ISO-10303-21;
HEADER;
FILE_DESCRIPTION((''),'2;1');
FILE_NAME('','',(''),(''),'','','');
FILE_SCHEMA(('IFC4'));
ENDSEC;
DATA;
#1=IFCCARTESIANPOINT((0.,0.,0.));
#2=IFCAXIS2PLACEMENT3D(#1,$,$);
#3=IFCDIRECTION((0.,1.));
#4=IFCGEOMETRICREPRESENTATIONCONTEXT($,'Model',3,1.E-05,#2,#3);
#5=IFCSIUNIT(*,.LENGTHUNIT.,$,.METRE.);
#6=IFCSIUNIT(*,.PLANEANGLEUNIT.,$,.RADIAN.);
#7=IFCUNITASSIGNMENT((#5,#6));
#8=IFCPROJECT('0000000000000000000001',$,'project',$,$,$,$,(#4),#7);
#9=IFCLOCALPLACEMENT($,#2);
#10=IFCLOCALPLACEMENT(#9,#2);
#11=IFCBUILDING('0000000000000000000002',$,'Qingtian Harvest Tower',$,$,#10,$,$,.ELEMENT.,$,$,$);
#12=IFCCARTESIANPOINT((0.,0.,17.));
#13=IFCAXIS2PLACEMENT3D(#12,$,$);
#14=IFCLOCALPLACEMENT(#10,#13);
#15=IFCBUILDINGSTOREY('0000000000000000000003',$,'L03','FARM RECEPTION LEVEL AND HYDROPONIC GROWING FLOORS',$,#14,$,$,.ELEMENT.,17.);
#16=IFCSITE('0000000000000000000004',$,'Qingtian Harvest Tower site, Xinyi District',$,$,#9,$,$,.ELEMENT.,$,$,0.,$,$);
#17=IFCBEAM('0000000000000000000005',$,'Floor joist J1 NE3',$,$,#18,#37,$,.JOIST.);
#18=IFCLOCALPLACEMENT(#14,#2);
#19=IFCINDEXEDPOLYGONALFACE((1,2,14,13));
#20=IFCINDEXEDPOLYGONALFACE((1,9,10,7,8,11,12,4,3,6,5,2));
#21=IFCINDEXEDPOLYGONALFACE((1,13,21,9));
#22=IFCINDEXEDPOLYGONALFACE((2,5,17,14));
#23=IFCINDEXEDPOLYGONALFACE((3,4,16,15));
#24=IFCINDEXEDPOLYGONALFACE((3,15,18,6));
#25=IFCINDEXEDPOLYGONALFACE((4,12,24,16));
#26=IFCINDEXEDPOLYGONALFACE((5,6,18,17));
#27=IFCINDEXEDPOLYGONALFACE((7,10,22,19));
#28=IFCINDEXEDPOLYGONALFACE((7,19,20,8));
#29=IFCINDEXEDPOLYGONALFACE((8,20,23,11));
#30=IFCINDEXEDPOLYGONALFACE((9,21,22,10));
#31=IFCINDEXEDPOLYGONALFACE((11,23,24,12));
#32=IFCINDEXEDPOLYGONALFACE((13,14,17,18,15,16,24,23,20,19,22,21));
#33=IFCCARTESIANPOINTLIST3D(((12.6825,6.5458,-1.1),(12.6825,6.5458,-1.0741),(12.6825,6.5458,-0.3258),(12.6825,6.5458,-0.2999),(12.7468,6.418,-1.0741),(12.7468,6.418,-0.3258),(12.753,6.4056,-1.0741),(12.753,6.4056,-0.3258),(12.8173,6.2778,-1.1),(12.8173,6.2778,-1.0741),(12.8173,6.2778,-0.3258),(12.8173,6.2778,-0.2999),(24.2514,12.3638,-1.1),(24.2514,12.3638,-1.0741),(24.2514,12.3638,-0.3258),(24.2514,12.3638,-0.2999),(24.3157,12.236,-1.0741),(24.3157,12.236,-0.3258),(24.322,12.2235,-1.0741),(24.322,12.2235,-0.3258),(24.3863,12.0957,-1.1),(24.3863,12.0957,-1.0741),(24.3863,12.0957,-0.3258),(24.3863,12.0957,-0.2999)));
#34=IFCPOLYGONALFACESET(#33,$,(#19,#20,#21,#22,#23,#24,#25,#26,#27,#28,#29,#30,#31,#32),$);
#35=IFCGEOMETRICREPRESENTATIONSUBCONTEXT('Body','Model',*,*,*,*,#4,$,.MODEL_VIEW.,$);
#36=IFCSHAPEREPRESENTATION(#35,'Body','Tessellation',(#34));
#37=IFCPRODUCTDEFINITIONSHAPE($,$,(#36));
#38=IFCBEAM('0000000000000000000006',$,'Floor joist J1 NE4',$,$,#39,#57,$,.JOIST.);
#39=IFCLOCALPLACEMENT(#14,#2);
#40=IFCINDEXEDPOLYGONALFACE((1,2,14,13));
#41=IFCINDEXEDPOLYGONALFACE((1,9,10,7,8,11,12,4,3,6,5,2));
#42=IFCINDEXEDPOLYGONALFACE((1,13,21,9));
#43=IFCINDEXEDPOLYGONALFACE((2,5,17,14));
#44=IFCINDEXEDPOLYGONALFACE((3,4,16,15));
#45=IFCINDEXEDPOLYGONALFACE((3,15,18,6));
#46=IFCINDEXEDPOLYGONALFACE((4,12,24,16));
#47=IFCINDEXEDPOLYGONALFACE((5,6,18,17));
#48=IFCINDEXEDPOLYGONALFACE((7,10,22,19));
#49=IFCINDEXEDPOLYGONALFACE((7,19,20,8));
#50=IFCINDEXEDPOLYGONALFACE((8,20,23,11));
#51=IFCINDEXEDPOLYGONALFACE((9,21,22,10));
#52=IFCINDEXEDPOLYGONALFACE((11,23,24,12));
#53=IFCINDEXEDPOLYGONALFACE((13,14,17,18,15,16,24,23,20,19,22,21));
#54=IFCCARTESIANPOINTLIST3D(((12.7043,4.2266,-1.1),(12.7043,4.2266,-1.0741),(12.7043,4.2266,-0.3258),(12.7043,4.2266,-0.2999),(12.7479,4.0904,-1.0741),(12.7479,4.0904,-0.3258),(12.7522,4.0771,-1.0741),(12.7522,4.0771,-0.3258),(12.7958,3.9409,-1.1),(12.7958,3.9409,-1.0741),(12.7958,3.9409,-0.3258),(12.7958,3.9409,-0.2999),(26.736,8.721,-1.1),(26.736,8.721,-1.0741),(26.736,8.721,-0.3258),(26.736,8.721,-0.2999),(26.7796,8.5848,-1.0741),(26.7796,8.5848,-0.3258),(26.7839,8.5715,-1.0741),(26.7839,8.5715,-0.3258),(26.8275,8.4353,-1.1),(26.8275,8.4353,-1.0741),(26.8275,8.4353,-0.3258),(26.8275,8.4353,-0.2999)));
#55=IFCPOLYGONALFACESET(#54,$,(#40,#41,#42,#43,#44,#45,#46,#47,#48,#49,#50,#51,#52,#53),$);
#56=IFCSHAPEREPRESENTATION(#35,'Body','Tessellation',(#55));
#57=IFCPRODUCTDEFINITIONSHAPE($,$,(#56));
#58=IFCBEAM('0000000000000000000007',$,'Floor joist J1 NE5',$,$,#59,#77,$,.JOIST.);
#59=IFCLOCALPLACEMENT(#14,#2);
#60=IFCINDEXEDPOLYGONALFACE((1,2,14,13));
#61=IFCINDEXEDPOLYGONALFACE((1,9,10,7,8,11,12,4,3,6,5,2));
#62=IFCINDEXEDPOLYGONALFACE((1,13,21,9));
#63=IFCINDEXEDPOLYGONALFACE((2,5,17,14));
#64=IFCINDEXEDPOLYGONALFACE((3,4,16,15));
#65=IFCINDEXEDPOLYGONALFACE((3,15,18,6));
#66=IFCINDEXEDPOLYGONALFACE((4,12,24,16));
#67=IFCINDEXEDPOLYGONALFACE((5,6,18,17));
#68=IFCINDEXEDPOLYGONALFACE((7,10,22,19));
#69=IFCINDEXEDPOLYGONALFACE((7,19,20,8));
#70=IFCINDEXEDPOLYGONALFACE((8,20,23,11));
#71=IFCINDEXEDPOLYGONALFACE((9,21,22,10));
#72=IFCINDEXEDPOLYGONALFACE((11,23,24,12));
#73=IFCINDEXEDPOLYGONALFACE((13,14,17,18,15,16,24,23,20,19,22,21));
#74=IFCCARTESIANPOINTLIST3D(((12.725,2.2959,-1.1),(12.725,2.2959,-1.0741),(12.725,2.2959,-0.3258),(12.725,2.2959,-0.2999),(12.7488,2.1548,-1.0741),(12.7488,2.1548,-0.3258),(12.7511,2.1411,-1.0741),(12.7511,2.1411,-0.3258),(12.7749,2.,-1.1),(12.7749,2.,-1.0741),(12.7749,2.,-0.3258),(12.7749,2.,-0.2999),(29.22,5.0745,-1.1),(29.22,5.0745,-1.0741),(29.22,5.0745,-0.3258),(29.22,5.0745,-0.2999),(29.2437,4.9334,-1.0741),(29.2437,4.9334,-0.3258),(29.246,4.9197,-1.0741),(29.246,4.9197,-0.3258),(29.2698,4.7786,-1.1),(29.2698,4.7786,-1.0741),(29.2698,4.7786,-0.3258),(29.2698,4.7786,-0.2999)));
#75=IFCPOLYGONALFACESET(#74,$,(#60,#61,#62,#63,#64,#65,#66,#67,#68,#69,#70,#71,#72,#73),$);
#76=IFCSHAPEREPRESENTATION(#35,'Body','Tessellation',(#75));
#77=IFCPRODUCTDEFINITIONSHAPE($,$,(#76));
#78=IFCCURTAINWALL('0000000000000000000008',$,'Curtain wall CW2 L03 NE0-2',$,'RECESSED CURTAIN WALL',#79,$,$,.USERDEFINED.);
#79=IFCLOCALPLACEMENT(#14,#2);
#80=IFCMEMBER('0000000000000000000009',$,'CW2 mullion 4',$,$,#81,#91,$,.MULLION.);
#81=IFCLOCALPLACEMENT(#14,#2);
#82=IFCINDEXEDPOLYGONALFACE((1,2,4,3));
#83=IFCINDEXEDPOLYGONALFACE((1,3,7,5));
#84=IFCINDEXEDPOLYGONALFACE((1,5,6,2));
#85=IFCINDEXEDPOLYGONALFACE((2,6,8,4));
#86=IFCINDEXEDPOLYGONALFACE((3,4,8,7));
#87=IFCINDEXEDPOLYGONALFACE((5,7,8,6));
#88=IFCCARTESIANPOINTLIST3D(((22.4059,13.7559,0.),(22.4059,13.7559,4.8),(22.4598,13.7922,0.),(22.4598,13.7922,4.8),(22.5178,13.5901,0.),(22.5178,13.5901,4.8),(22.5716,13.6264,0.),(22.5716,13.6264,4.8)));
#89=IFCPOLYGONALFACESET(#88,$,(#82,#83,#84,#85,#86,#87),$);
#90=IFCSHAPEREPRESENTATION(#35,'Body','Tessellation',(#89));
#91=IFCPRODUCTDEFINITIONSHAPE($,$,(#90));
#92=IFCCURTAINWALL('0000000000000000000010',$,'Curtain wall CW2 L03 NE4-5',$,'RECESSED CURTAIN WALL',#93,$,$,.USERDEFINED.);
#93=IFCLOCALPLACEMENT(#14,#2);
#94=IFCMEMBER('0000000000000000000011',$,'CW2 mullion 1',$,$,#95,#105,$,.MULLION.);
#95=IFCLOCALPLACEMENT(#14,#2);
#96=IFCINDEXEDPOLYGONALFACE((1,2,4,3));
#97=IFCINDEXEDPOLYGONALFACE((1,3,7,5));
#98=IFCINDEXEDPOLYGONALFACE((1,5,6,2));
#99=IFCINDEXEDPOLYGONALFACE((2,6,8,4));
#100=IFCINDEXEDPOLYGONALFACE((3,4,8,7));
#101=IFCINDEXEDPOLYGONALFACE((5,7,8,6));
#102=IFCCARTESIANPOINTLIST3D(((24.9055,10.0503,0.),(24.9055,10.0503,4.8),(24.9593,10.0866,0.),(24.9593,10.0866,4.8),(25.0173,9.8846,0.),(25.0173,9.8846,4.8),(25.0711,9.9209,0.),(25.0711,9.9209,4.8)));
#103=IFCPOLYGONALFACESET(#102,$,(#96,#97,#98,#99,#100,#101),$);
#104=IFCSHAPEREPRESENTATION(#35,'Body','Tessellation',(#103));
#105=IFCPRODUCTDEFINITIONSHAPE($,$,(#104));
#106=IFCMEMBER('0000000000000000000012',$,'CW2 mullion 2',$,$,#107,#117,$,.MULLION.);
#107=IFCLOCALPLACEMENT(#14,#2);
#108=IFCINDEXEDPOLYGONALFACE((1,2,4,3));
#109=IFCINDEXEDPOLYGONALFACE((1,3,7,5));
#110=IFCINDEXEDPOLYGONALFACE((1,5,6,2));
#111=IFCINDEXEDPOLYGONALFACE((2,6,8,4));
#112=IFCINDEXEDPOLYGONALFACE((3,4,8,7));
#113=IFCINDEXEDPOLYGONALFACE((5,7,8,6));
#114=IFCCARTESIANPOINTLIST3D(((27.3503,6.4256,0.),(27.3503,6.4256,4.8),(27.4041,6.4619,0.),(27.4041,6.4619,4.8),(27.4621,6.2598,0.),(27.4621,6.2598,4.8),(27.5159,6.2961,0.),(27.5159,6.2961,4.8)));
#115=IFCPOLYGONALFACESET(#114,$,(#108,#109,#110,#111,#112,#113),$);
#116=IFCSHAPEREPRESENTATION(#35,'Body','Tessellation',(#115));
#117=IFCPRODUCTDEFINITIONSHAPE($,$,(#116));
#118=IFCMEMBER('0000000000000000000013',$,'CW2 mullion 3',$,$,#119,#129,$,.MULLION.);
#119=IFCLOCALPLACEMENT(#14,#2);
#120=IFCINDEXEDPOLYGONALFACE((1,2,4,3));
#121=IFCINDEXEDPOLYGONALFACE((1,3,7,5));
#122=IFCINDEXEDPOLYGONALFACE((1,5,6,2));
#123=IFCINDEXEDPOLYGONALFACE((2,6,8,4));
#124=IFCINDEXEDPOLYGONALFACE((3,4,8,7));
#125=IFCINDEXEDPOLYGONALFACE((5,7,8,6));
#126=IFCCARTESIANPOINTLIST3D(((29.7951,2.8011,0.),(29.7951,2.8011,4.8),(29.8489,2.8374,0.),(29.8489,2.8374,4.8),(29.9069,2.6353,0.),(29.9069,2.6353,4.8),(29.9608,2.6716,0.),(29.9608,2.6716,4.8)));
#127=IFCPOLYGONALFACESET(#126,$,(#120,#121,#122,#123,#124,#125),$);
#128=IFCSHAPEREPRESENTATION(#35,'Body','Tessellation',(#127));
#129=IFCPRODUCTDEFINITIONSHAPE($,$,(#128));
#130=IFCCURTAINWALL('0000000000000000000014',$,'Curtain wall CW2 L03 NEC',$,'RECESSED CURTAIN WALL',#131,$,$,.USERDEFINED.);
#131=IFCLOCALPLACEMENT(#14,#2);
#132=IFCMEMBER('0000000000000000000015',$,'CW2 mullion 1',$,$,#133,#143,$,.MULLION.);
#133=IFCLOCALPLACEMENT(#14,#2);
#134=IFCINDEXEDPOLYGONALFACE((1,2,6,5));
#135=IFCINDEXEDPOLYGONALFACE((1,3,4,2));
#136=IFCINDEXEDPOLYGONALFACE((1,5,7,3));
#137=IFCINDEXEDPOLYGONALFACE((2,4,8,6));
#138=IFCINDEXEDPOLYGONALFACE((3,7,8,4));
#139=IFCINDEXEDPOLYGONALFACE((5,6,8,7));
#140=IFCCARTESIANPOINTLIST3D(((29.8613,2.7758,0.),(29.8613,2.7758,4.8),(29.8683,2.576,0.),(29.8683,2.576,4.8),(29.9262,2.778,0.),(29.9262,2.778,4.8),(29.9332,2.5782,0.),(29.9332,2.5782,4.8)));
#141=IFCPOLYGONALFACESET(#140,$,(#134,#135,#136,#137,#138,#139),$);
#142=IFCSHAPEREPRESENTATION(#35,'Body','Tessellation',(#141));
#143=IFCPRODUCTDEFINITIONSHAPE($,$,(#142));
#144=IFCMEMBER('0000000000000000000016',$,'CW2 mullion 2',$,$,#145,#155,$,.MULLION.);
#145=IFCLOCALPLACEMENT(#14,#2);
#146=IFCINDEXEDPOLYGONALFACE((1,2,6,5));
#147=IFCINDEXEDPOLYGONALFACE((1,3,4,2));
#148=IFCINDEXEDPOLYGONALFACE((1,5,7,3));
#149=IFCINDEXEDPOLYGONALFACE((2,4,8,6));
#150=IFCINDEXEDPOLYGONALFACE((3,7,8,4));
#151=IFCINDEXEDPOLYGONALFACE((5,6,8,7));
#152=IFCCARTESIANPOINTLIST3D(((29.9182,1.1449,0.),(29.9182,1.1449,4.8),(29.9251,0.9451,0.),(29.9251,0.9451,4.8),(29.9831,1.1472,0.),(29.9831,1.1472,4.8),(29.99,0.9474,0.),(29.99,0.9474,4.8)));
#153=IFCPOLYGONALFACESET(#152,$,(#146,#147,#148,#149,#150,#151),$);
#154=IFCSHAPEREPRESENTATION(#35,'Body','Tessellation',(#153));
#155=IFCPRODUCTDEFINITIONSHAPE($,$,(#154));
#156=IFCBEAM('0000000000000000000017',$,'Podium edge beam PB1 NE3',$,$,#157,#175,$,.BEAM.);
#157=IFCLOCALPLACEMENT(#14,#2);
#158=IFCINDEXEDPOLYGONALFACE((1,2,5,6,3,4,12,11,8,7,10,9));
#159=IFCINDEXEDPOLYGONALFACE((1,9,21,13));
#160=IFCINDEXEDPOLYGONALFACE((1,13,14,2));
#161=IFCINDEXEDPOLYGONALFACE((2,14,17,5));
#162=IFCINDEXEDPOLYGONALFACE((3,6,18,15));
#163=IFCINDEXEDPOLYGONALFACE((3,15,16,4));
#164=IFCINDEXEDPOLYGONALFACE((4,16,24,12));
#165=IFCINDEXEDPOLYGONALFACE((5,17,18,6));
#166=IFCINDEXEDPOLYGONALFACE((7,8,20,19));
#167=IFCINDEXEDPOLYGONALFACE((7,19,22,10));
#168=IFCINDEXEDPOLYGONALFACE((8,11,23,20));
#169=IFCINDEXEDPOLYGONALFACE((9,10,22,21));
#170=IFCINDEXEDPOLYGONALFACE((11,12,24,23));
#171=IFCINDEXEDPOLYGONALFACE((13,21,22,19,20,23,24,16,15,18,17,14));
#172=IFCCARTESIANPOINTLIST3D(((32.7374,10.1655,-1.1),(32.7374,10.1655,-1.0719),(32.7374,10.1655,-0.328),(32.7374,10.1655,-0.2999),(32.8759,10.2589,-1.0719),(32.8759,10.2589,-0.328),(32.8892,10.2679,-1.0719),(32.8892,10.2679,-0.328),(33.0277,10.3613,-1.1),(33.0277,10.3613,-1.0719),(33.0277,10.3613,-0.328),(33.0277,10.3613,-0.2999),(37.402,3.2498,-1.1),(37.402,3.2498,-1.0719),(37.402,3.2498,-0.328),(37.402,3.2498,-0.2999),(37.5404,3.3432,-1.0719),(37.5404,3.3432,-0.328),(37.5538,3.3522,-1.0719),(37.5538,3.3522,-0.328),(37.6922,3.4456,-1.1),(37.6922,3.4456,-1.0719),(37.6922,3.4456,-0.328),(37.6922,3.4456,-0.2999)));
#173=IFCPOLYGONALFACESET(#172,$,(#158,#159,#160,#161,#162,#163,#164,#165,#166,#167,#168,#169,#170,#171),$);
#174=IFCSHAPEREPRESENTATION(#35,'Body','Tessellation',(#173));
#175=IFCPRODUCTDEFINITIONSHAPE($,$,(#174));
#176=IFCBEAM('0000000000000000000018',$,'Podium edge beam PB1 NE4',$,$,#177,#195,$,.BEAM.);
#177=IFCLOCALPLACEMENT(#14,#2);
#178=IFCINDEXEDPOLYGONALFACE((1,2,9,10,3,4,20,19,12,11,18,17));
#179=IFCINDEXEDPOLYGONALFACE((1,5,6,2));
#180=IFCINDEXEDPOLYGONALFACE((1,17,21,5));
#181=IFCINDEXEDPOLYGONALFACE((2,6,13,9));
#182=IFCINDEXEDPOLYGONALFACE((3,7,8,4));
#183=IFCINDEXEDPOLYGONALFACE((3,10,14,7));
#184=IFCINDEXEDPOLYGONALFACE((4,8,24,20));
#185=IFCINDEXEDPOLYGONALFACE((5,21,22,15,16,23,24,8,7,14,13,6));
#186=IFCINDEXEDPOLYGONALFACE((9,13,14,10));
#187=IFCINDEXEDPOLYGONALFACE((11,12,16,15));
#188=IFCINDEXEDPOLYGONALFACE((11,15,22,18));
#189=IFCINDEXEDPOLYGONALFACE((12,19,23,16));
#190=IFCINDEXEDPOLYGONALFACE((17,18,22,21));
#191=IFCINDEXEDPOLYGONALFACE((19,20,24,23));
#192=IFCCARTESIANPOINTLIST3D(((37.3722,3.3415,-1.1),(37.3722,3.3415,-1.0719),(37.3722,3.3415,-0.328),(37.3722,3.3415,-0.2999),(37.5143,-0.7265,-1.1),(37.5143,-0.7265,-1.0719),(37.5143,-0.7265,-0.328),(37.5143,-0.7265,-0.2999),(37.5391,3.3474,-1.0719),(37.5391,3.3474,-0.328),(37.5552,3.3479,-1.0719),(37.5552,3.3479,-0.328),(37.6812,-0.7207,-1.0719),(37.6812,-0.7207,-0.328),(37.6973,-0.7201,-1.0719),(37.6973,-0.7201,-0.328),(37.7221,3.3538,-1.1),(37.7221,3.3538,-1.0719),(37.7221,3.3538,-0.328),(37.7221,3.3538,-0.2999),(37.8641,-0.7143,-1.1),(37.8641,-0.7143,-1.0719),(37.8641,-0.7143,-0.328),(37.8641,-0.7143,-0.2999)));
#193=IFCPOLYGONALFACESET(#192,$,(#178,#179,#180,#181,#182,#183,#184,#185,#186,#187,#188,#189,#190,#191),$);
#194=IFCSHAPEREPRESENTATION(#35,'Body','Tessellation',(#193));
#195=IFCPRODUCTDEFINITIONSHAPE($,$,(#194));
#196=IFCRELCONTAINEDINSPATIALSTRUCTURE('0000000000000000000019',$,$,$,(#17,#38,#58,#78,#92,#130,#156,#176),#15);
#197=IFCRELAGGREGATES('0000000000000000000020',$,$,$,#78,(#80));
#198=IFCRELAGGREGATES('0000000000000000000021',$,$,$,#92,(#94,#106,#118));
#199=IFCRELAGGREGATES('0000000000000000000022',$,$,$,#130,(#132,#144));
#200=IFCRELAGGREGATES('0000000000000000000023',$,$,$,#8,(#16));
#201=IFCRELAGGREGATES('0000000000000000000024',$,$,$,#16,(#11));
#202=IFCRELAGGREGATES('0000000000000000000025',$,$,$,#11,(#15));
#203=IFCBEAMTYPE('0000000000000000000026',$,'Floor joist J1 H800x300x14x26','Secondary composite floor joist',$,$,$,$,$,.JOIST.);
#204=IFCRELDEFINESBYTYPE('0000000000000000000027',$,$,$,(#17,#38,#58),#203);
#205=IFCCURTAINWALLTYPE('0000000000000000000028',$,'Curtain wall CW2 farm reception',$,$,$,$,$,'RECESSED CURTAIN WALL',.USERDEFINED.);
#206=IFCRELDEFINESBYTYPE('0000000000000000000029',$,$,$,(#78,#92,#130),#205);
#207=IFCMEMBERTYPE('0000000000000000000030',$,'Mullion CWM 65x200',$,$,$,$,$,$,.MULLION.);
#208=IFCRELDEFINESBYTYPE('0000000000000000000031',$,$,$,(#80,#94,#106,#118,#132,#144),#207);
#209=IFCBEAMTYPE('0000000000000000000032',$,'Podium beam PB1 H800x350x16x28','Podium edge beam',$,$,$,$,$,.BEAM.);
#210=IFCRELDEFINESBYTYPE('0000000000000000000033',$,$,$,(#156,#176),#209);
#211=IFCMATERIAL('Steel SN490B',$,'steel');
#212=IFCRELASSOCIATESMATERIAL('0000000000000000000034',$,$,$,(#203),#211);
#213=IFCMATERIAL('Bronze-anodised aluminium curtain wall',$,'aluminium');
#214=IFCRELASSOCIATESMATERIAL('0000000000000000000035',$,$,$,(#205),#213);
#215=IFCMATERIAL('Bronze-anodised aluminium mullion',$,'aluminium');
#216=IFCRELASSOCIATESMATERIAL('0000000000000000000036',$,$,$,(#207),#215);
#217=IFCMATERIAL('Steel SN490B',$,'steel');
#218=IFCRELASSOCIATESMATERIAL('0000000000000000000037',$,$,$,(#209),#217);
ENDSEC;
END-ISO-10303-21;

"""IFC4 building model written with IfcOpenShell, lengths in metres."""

from ifc_helpers import new_model, si_unit, direction, frame, origin, origin_2d, place, context, subcontext, project, spatial, rectangle, i_section, extrude, material, material_profile, profile_set, type_object, element, aggregate, save


model = new_model("IFC4")

# Units and contexts
model_context = context("Model", 3, precision=1e-05, world=origin(), true_north=direction((0.0, 1.0)))
body_context = subcontext(model_context, "Body", "Model", "MODEL_VIEW")
ifc_project = project(units=[si_unit("LENGTHUNIT", "METRE"), si_unit("PLANEANGLEUNIT", "RADIAN")], contexts=[model_context])

# Site, building, storey
site_placement = place(None, origin())
site = spatial("IfcSite", under=ifc_project, at=site_placement, Name="Qingtian Harvest Tower site, Xinyi District", CompositionType="ELEMENT", RefElevation=0.0)
building_placement = place(site_placement, origin())
building = spatial("IfcBuilding", under=site, at=building_placement, Name="Qingtian Harvest Tower", CompositionType="ELEMENT")
storey_placement = place(building_placement, frame((0.0, 0.0, 17.0)))
storey = spatial("IfcBuildingStorey", under=building, at=storey_placement, Name="L03", Description="FARM RECEPTION LEVEL AND HYDROPONIC GROWING FLOORS", CompositionType="ELEMENT", Elevation=17.0)

# Beams
ifc_material_1 = material(Name="Steel SN490B", Category="steel")
ifc_material_profile_1 = material_profile(ifc_material_1, i_section(OverallWidth=0.3, OverallDepth=0.8, WebThickness=0.0139, FlangeThickness=0.0259, at=origin_2d()), Name="H800x300x14x26")
ifc_profile_set_1 = profile_set([ifc_material_profile_1], Name="Steel SN490B")
beam_type_1 = type_object("IfcBeamType", Name="Floor joist J1 H800x300x14x26", Description="Secondary composite floor joist", PredefinedType="JOIST", material=ifc_profile_set_1)
beam_1_placement = place(storey_placement, frame((24.3188, 12.2297, -0.7), z_axis=(-0.893392, -0.449279, 0.0), x_axis=(0.449279, -0.893392, 0.0)))
element("IfcBeam", 1, at=beam_1_placement, inside=storey, type_object=beam_type_1, Name="Floor joist J1 NE3", PredefinedType="JOIST", context=body_context, shape_type="SweptSolid", body=[
    extrude(i_section(OverallWidth=0.3, OverallDepth=0.8, WebThickness=0.0139, FlangeThickness=0.0259, at=origin_2d()), origin(), (0.0, 0.0, 1.0), 12.9495),
])
beam_2_placement = place(storey_placement, frame((26.7817, 8.5781, -0.7), z_axis=(-0.952341, -0.305036, 0.0), x_axis=(0.305036, -0.952341, 0.0)))
element("IfcBeam", 2, at=beam_2_placement, inside=storey, type_object=beam_type_1, Name="Floor joist J1 NE4", PredefinedType="JOIST", context=body_context, shape_type="SweptSolid", body=[
    extrude(i_section(OverallWidth=0.3, OverallDepth=0.8, WebThickness=0.0139, FlangeThickness=0.0259, at=origin_2d()), origin(), (0.0, 0.0, 1.0), 14.7339),
])
beam_3_placement = place(storey_placement, frame((29.2449, 4.9265, -0.7), z_axis=(-0.986107, -0.16611, 0.0), x_axis=(0.16611, -0.986107, 0.0)))
element("IfcBeam", 3, at=beam_3_placement, inside=storey, type_object=beam_type_1, Name="Floor joist J1 NE5", PredefinedType="JOIST", context=body_context, shape_type="SweptSolid", body=[
    extrude(i_section(OverallWidth=0.3, OverallDepth=0.8, WebThickness=0.0139, FlangeThickness=0.0259, at=origin_2d()), origin(), (0.0, 0.0, 1.0), 16.7273),
])

# Curtain wall, member
ifc_material_2 = material(Name="Bronze-anodised aluminium curtain wall", Category="aluminium")
curtain_wall_type = type_object("IfcCurtainWallType", Name="Curtain wall CW2 farm reception", ElementType="RECESSED CURTAIN WALL", PredefinedType="USERDEFINED", material=ifc_material_2)
curtain_wall_1_placement = place(storey_placement, origin())
curtain_wall_1 = element("IfcCurtainWall", 4, at=curtain_wall_1_placement, inside=storey, type_object=curtain_wall_type, Name="Curtain wall CW2 L03 NE0-2", ObjectType="RECESSED CURTAIN WALL", PredefinedType="USERDEFINED")
ifc_material_3 = material(Name="Bronze-anodised aluminium mullion", Category="aluminium")
ifc_material_profile_2 = material_profile(ifc_material_3, rectangle(XDim=0.0649, YDim=0.2, at=origin_2d()), Name="AL 65x200")
ifc_profile_set_2 = profile_set([ifc_material_profile_2], Name="Bronze-anodised aluminium mullion")
member_type_1 = type_object("IfcMemberType", Name="Mullion CWM 65x200", PredefinedType="MULLION", material=ifc_profile_set_2)
member_1_placement = place(storey_placement, frame((22.4888, 13.6912, 0.0), z_axis=(0.0, 0.0, 1.0), x_axis=(0.829038, 0.559193, 0.0)))
member_1 = element("IfcMember", 5, at=member_1_placement, type_object=member_type_1, Name="CW2 mullion 4", PredefinedType="MULLION", context=body_context, shape_type="SweptSolid", body=[
    extrude(rectangle(XDim=0.0649, YDim=0.2, at=origin_2d()), origin(), (0.0, 0.0, 1.0), 4.8),
])
aggregate(curtain_wall_1, [member_1])

# Curtain walls, members
curtain_wall_2_placement = place(storey_placement, origin())
curtain_wall_2 = element("IfcCurtainWall", 6, at=curtain_wall_2_placement, inside=storey, type_object=curtain_wall_type, Name="Curtain wall CW2 L03 NE4-5", ObjectType="RECESSED CURTAIN WALL", PredefinedType="USERDEFINED")
member_2_placement = place(storey_placement, frame((24.9883, 9.9856, 0.0), z_axis=(0.0, 0.0, 1.0), x_axis=(0.829038, 0.559193, 0.0)))
member_2 = element("IfcMember", 7, at=member_2_placement, type_object=member_type_1, Name="CW2 mullion 1", PredefinedType="MULLION", context=body_context, shape_type="SweptSolid", body=[
    extrude(rectangle(XDim=0.0649, YDim=0.2, at=origin_2d()), origin(), (0.0, 0.0, 1.0), 4.8),
])
member_3_placement = place(storey_placement, frame((27.4331, 6.3608, 0.0), z_axis=(0.0, 0.0, 1.0), x_axis=(0.829038, 0.559193, 0.0)))
member_3 = element("IfcMember", 8, at=member_3_placement, type_object=member_type_1, Name="CW2 mullion 2", PredefinedType="MULLION", context=body_context, shape_type="SweptSolid", body=[
    extrude(rectangle(XDim=0.0649, YDim=0.2, at=origin_2d()), origin(), (0.0, 0.0, 1.0), 4.8),
])
member_4_placement = place(storey_placement, frame((29.8779, 2.7363, 0.0), z_axis=(0.0, 0.0, 1.0), x_axis=(0.829038, 0.559193, 0.0)))
member_4 = element("IfcMember", 9, at=member_4_placement, type_object=member_type_1, Name="CW2 mullion 3", PredefinedType="MULLION", context=body_context, shape_type="SweptSolid", body=[
    extrude(rectangle(XDim=0.0649, YDim=0.2, at=origin_2d()), origin(), (0.0, 0.0, 1.0), 4.8),
])
curtain_wall_3_placement = place(storey_placement, origin())
curtain_wall_3 = element("IfcCurtainWall", 10, at=curtain_wall_3_placement, inside=storey, type_object=curtain_wall_type, Name="Curtain wall CW2 L03 NEC", ObjectType="RECESSED CURTAIN WALL", PredefinedType="USERDEFINED")
member_5_placement = place(storey_placement, frame((29.8972, 2.677, 0.0), z_axis=(0.0, 0.0, 1.0), x_axis=(0.999391, 0.034899, 0.0)))
member_5 = element("IfcMember", 11, at=member_5_placement, type_object=member_type_1, Name="CW2 mullion 1", PredefinedType="MULLION", context=body_context, shape_type="SweptSolid", body=[
    extrude(rectangle(XDim=0.0649, YDim=0.2, at=origin_2d()), origin(), (0.0, 0.0, 1.0), 4.8),
])
member_6_placement = place(storey_placement, frame((29.9541, 1.0461, 0.0), z_axis=(0.0, 0.0, 1.0), x_axis=(0.999391, 0.034899, 0.0)))
member_6 = element("IfcMember", 12, at=member_6_placement, type_object=member_type_1, Name="CW2 mullion 2", PredefinedType="MULLION", context=body_context, shape_type="SweptSolid", body=[
    extrude(rectangle(XDim=0.0649, YDim=0.2, at=origin_2d()), origin(), (0.0, 0.0, 1.0), 4.8),
])

# Beams
ifc_material_4 = material(Name="Steel SN490B", Category="steel")
ifc_material_profile_3 = material_profile(ifc_material_4, i_section(OverallWidth=0.3501, OverallDepth=0.8, WebThickness=0.0161, FlangeThickness=0.0281, at=origin_2d()), Name="H800x350x16x28")
ifc_profile_set_3 = profile_set([ifc_material_profile_3], Name="Steel SN490B")
beam_type_2 = type_object("IfcBeamType", Name="Podium beam PB1 H800x350x16x28", Description="Podium edge beam", PredefinedType="BEAM", material=ifc_profile_set_3)
beam_4_placement = place(storey_placement, frame((32.8826, 10.2634, -0.7), z_axis=(0.559177, -0.829048, 0.0), x_axis=(0.829048, 0.559177, 0.0)))
element("IfcBeam", 13, at=beam_4_placement, inside=storey, type_object=beam_type_2, Name="Podium edge beam PB1 NE3", PredefinedType="BEAM", context=body_context, shape_type="SweptSolid", body=[
    extrude(i_section(OverallWidth=0.3501, OverallDepth=0.8, WebThickness=0.0161, FlangeThickness=0.0281, at=origin_2d()), origin(), (0.0, 0.0, 1.0), 8.3418),
])
beam_5_placement = place(storey_placement, frame((37.5471, 3.3477, -0.7), z_axis=(0.034906, -0.999391, 0.0), x_axis=(0.999391, 0.034906, 0.0)))
element("IfcBeam", 14, at=beam_5_placement, inside=storey, type_object=beam_type_2, Name="Podium edge beam PB1 NE4", PredefinedType="BEAM", context=body_context, shape_type="SweptSolid", body=[
    extrude(i_section(OverallWidth=0.3501, OverallDepth=0.8, WebThickness=0.0161, FlangeThickness=0.0281, at=origin_2d()), origin(), (0.0, 0.0, 1.0), 4.0706),
])

aggregate(curtain_wall_2, [member_2, member_3, member_4])
aggregate(curtain_wall_3, [member_5, member_6])

save(model, "model.ifc")
